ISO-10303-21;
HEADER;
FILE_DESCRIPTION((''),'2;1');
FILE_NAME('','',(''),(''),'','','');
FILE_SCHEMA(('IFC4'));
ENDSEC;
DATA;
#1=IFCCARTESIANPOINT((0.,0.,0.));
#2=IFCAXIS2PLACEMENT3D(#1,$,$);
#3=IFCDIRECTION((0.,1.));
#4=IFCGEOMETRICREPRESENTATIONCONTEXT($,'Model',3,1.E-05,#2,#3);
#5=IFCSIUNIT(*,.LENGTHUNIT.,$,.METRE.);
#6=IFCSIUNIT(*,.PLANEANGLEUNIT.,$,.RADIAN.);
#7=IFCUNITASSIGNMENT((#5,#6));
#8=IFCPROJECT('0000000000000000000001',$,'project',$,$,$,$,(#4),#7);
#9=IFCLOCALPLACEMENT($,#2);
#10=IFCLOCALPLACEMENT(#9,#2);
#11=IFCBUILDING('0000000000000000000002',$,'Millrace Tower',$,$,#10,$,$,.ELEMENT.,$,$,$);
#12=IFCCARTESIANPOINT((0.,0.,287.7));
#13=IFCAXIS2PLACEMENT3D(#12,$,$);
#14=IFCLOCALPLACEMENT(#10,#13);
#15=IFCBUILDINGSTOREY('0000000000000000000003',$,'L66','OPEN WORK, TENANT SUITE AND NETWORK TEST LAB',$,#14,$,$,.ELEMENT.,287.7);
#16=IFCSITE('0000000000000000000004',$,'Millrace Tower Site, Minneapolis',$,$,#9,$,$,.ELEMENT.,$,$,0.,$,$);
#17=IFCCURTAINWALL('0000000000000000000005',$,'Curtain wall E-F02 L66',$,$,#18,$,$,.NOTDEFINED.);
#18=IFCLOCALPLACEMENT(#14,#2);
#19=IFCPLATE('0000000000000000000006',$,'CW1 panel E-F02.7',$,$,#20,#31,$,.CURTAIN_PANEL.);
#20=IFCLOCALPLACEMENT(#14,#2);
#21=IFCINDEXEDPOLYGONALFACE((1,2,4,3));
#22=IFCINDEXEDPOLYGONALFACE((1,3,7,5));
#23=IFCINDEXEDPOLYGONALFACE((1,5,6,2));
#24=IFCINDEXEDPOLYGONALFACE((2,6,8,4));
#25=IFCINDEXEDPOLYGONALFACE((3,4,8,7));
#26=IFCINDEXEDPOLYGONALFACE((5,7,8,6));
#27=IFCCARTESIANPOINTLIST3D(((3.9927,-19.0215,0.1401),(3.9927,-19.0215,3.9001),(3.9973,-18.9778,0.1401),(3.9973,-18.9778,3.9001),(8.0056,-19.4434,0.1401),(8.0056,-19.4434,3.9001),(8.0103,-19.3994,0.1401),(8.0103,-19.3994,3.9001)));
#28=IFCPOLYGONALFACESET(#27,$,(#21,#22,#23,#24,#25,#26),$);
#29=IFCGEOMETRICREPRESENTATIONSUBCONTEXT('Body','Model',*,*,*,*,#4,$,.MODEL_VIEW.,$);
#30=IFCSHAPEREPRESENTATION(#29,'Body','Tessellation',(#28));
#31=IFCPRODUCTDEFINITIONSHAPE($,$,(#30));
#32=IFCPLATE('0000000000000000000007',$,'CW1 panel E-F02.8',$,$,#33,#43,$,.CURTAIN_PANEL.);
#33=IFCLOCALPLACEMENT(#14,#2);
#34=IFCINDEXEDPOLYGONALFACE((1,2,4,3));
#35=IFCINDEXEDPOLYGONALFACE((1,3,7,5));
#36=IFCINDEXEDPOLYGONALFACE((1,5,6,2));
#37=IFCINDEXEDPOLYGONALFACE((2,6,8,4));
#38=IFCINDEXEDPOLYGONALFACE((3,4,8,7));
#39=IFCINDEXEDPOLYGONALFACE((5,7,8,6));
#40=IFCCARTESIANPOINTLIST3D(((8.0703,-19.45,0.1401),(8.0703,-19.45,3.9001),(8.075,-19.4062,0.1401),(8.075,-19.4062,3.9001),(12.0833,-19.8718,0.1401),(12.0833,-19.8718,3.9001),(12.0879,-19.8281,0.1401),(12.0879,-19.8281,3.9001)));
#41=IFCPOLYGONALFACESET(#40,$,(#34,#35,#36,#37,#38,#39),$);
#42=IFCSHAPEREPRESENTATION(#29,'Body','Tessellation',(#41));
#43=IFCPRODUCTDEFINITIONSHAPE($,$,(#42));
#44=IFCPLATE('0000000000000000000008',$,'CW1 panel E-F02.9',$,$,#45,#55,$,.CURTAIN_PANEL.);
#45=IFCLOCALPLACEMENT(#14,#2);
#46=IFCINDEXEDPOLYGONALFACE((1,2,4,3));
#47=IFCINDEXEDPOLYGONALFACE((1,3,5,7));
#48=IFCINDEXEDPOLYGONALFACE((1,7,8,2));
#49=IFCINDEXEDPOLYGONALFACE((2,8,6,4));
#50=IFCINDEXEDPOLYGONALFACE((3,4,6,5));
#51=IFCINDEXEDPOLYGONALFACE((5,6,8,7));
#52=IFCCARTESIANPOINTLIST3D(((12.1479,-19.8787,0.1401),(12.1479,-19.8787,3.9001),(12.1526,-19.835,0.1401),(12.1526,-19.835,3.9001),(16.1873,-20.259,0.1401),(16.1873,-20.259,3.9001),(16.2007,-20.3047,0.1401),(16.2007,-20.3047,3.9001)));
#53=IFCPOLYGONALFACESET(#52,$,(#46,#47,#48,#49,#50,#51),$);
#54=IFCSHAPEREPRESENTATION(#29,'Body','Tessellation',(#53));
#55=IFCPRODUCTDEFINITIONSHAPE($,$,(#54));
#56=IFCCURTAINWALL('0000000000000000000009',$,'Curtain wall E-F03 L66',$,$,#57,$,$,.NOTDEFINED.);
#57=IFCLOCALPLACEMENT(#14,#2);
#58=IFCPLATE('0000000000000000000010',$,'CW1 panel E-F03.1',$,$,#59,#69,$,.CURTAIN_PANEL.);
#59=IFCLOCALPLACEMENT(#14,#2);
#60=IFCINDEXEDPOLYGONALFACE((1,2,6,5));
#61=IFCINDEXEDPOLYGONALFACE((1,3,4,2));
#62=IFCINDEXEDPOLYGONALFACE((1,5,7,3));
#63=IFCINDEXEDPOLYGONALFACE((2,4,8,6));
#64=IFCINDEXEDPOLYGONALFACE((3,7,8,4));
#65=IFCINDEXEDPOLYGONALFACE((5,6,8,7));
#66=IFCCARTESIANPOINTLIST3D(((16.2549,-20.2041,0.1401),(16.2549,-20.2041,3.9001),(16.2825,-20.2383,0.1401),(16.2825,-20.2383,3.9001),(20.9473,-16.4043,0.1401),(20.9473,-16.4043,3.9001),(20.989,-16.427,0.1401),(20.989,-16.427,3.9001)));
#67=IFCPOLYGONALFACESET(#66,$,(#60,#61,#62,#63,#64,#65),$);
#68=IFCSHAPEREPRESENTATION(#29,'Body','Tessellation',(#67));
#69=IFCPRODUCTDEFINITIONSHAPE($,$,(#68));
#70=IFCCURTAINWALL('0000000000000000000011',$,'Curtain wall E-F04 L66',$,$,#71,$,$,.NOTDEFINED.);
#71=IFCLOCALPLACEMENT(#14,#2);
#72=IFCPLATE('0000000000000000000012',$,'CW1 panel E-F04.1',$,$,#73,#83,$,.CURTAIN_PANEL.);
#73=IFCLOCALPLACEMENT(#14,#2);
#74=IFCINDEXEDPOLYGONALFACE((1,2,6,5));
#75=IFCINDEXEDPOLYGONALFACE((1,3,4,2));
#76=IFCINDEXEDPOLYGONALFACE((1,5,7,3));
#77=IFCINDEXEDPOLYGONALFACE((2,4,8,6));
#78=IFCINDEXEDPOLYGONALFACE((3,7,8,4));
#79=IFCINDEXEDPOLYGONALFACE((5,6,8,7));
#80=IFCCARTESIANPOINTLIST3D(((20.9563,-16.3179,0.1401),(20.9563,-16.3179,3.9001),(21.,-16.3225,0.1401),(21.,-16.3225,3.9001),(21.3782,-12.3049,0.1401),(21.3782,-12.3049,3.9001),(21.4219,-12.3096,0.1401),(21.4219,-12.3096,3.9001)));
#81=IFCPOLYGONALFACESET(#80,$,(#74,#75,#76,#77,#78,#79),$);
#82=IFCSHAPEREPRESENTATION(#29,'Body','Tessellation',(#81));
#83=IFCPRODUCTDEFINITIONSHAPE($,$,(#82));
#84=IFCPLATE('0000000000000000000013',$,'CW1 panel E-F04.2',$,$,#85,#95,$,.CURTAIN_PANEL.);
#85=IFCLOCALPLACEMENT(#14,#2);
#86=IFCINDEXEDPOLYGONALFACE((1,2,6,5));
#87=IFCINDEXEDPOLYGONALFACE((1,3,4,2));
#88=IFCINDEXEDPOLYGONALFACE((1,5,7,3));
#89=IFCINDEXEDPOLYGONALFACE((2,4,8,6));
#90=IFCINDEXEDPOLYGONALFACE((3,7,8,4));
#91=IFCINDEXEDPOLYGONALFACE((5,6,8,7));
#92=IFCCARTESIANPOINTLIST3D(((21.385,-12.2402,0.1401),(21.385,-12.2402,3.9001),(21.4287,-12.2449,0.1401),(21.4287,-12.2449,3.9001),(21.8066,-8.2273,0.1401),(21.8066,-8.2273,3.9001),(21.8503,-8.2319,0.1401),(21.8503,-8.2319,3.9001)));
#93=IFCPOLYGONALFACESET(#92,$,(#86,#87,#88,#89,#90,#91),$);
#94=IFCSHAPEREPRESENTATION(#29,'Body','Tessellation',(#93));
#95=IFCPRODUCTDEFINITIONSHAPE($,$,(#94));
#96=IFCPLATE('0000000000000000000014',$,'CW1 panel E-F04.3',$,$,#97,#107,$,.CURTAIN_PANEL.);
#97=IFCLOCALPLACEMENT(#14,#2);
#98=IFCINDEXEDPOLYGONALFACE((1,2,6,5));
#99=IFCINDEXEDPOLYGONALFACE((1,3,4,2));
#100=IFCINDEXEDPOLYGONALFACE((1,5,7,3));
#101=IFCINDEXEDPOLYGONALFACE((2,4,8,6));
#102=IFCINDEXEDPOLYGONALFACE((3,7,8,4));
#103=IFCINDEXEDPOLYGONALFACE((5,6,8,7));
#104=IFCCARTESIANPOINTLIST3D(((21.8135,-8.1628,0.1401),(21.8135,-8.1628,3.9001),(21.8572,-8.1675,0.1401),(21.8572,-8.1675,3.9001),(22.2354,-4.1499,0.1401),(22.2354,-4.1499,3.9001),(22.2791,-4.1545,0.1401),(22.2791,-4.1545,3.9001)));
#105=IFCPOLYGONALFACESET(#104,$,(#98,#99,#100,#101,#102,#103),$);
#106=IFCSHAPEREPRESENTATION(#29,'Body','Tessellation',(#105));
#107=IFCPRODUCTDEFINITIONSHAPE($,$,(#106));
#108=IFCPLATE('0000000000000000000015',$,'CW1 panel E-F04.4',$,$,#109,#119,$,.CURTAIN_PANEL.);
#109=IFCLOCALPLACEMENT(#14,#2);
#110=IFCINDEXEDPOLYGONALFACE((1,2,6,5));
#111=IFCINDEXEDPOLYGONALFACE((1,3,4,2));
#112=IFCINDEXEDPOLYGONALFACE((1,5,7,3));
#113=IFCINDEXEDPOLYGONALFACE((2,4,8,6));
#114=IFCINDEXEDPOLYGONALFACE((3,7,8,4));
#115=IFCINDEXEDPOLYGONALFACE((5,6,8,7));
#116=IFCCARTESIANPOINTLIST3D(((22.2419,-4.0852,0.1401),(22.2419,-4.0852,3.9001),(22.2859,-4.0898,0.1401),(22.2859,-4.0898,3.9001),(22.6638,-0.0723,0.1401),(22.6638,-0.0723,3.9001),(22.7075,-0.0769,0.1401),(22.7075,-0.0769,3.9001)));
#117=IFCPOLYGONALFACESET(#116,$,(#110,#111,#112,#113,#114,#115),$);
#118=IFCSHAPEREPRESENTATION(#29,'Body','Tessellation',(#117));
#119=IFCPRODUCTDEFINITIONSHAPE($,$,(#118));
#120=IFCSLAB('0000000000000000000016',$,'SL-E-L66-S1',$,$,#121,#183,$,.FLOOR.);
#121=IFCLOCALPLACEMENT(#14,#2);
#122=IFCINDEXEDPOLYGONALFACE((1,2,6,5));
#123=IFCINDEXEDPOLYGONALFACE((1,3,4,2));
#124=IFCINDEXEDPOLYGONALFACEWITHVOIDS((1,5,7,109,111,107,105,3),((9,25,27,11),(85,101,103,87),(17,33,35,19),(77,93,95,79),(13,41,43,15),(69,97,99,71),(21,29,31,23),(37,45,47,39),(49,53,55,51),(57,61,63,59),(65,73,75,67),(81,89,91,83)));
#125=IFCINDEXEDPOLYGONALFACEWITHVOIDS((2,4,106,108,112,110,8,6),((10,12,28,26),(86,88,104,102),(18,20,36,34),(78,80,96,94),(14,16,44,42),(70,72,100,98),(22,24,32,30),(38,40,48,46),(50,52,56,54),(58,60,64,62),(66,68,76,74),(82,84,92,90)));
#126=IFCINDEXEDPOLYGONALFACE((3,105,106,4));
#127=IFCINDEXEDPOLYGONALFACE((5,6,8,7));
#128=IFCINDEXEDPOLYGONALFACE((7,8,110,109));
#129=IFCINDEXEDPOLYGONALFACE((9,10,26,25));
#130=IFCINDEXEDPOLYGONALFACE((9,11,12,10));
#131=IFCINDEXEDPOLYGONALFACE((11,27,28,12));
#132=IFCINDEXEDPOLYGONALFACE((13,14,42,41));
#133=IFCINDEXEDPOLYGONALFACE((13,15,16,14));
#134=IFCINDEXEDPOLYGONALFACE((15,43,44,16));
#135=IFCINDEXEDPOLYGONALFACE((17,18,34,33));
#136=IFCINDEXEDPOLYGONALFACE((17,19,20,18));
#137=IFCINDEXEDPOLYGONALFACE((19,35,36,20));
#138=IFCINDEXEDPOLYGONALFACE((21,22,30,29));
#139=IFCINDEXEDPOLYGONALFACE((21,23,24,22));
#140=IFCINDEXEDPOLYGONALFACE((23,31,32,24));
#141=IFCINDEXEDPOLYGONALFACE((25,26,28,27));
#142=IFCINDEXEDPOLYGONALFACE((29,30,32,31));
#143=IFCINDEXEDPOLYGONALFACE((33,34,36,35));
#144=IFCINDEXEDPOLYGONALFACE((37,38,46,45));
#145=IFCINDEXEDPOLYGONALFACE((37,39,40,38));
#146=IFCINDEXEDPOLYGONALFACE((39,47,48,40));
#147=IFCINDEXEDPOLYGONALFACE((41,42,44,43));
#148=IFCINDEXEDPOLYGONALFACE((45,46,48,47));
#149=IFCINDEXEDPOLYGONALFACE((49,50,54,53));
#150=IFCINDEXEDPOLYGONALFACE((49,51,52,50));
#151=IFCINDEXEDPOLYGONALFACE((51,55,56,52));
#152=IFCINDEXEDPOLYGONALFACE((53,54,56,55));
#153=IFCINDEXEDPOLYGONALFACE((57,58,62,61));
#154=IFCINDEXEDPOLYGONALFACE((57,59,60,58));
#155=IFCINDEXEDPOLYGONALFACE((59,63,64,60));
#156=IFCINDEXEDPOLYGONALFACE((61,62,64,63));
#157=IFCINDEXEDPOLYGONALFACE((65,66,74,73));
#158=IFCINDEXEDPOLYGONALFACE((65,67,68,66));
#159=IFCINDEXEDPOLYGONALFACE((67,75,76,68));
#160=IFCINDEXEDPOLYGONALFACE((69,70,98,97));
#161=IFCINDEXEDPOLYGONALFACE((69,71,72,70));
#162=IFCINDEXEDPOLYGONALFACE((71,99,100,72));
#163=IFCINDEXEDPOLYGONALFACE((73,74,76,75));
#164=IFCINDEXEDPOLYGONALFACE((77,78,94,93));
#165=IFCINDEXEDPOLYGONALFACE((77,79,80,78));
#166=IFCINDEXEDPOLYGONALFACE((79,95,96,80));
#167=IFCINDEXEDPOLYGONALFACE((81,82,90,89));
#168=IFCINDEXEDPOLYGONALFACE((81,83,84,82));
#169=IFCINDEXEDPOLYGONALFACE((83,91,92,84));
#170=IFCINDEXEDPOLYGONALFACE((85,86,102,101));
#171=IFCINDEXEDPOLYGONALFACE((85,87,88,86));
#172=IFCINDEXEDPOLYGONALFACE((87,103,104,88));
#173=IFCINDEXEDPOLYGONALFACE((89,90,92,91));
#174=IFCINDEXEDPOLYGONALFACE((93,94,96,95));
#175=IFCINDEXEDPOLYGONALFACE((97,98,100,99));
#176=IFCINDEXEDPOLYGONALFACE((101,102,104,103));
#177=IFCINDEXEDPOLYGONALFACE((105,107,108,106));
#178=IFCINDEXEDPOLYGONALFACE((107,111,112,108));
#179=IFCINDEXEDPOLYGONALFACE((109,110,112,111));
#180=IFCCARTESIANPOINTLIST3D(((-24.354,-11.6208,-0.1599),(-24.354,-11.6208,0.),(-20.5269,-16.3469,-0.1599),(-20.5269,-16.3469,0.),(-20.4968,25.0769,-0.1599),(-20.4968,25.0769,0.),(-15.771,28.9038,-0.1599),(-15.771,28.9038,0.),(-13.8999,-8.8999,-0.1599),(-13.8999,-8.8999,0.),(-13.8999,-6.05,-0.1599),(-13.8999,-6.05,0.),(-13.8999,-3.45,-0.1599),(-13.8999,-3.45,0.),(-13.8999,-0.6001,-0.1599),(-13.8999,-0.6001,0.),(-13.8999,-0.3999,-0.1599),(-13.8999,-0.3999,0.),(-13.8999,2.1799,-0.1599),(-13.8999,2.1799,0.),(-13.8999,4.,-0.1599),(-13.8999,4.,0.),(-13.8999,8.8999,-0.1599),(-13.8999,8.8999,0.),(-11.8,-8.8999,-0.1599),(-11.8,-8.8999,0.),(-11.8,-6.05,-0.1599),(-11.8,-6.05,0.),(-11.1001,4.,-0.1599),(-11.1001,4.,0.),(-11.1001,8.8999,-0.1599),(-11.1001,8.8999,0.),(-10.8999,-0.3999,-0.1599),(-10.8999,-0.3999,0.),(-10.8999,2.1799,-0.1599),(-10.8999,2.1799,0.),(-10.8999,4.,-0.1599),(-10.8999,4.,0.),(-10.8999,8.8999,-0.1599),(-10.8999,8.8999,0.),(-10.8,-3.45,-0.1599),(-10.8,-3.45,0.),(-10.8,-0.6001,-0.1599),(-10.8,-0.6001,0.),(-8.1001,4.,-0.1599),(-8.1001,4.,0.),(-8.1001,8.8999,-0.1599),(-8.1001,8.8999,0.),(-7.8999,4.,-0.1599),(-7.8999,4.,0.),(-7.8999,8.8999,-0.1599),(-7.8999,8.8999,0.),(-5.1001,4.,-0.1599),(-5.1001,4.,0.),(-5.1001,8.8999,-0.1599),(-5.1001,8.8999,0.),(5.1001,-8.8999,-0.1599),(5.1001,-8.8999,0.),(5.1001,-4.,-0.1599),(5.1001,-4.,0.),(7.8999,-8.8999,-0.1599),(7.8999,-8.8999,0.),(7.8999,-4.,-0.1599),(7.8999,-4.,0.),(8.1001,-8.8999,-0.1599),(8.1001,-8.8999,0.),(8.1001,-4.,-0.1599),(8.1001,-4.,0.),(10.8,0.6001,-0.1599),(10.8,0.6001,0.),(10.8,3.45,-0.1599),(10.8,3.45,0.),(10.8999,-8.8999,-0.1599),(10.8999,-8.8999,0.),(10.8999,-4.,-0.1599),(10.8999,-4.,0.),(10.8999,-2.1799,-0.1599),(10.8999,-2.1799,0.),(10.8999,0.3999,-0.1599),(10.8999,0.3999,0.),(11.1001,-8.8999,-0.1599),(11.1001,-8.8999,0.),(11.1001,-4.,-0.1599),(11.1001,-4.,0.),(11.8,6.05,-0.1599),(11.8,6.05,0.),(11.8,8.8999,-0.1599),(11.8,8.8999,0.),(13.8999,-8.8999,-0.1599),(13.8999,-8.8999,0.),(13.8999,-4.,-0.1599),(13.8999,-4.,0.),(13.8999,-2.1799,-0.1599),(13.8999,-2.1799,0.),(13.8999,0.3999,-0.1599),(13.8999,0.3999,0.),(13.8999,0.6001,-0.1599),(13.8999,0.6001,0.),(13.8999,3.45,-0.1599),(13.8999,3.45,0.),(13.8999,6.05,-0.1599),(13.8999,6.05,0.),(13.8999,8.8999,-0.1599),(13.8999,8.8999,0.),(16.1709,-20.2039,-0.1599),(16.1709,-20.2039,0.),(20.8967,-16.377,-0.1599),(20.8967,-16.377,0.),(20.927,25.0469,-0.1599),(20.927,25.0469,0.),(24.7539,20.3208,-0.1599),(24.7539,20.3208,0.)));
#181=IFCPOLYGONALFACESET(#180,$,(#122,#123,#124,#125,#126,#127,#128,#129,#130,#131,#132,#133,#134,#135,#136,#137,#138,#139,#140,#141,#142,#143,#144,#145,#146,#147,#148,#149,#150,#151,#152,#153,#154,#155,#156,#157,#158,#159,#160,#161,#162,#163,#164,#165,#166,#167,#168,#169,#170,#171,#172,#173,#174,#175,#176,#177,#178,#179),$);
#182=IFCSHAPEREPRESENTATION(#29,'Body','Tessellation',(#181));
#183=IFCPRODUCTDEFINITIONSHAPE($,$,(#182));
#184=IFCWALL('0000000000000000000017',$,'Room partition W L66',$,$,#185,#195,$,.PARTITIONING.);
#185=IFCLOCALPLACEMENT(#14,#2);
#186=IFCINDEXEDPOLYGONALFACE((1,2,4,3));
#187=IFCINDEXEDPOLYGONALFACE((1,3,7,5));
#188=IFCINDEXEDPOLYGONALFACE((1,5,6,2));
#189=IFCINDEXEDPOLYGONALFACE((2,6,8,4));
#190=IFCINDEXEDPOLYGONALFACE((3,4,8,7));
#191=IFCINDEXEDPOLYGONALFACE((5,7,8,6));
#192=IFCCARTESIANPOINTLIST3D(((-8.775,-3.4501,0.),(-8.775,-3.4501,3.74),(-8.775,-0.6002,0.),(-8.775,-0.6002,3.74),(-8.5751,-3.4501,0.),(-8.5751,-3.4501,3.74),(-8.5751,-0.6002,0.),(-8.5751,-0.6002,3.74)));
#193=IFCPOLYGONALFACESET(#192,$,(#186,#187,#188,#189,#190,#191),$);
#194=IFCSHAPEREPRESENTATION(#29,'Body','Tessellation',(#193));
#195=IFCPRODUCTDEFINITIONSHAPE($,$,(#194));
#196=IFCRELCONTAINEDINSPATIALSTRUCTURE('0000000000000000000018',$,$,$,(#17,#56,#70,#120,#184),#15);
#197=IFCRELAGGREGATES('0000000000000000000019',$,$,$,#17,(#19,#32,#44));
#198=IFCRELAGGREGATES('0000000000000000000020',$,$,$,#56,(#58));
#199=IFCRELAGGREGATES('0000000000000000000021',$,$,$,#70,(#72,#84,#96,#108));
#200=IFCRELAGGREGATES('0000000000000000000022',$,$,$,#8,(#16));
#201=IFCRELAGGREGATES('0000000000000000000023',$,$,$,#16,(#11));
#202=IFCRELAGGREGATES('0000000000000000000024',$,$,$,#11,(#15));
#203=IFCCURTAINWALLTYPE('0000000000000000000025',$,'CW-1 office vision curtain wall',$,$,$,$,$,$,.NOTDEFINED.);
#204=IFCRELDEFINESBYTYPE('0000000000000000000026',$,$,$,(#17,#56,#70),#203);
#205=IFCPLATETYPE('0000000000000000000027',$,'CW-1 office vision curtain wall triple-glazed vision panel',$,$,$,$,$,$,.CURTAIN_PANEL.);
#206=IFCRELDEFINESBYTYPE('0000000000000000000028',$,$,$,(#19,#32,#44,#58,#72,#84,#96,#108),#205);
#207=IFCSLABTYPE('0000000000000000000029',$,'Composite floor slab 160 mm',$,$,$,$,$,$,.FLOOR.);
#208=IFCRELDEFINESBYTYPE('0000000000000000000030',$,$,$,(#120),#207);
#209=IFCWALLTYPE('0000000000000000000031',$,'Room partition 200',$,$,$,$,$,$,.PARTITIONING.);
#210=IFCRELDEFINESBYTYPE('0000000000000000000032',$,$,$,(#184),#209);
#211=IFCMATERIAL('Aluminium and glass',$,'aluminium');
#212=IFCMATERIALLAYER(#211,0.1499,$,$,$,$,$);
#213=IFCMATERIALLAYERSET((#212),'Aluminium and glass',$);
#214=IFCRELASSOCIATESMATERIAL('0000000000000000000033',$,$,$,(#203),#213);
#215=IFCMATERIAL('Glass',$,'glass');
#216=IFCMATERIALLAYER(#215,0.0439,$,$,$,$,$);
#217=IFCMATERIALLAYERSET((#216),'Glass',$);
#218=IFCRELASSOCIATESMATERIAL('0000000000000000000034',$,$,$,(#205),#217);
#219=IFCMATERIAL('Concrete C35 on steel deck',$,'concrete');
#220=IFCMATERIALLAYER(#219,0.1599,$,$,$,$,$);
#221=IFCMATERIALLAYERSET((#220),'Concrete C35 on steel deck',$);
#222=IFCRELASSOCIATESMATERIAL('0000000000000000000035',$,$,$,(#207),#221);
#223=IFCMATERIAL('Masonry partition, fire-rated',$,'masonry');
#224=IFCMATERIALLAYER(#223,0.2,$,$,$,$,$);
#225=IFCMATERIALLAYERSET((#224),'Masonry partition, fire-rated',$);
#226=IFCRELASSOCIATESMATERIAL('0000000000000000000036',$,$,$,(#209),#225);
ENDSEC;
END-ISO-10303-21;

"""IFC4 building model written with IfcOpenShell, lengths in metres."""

from ifc_helpers import new_model, si_unit, direction, frame, frame_2d, origin, place, context, subcontext, project, spatial, polyline, rectangle, outline, extrude, material, layer, layer_set, type_object, element, aggregate, save


model = new_model("IFC4")

# Units and contexts
model_context = context("Model", 3, precision=1e-05, world=origin(), true_north=direction((0.0, 1.0)))
body_context = subcontext(model_context, "Body", "Model", "MODEL_VIEW")
ifc_project = project(units=[si_unit("LENGTHUNIT", "METRE"), si_unit("PLANEANGLEUNIT", "RADIAN")], contexts=[model_context])

# Site, building, storey
site_placement = place(None, origin())
site = spatial("IfcSite", under=ifc_project, at=site_placement, Name="Millrace Tower Site, Minneapolis", CompositionType="ELEMENT", RefElevation=0.0)
building_placement = place(site_placement, origin())
building = spatial("IfcBuilding", under=site, at=building_placement, Name="Millrace Tower", CompositionType="ELEMENT")
storey_placement = place(building_placement, frame((0.0, 0.0, 287.7)))
storey = spatial("IfcBuildingStorey", under=building, at=storey_placement, Name="L66", Description="OPEN WORK, TENANT SUITE AND NETWORK TEST LAB", CompositionType="ELEMENT", Elevation=287.7)

# Shared definitions
ifc_material_1 = material(Name="Aluminium and glass", Category="aluminium")
ifc_layer_1 = layer(ifc_material_1, 0.1499)
ifc_layer_set_1 = layer_set([ifc_layer_1], Name="Aluminium and glass")
curtain_wall_type = type_object("IfcCurtainWallType", Name="CW-1 office vision curtain wall", PredefinedType="NOTDEFINED", material=ifc_layer_set_1)
placement_1 = place(storey_placement, origin())
ifc_material_2 = material(Name="Glass", Category="glass")
ifc_layer_2 = layer(ifc_material_2, 0.0439)
ifc_layer_set_2 = layer_set([ifc_layer_2], Name="Glass")
plate_type = type_object("IfcPlateType", Name="CW-1 office vision curtain wall triple-glazed vision panel", PredefinedType="CURTAIN_PANEL", material=ifc_layer_set_2)
placement_2 = place(storey_placement, frame((0.0, 0.0, 0.1401)))

# Curtain wall, plates
curtain_wall_1 = element("IfcCurtainWall", 1, at=placement_1, inside=storey, type_object=curtain_wall_type, Name="Curtain wall E-F02 L66", PredefinedType="NOTDEFINED")
plate_1 = element("IfcPlate", 2, at=placement_2, type_object=plate_type, Name="CW1 panel E-F02.7", PredefinedType="CURTAIN_PANEL", context=body_context, shape_type="SweptSolid", body=[
    extrude(outline(polyline([(3.9927, -19.0215), (8.0056, -19.4434), (8.0103, -19.3994), (3.9973, -18.9778), (3.9927, -19.0215)])), origin(), (0.0, 0.0, 1.0), 3.76),
])
plate_2 = element("IfcPlate", 3, at=placement_2, type_object=plate_type, Name="CW1 panel E-F02.8", PredefinedType="CURTAIN_PANEL", context=body_context, shape_type="SweptSolid", body=[
    extrude(outline(polyline([(8.0703, -19.45), (12.0833, -19.8718), (12.0879, -19.8281), (8.075, -19.4062), (8.0703, -19.45)])), origin(), (0.0, 0.0, 1.0), 3.76),
])
plate_3 = element("IfcPlate", 4, at=placement_2, type_object=plate_type, Name="CW1 panel E-F02.9", PredefinedType="CURTAIN_PANEL", context=body_context, shape_type="SweptSolid", body=[
    extrude(outline(polyline([(12.1479, -19.8787), (16.2007, -20.3047), (16.1873, -20.259), (12.1526, -19.835), (12.1479, -19.8787)])), origin(), (0.0, 0.0, 1.0), 3.76),
])
aggregate(curtain_wall_1, [plate_1, plate_2, plate_3])

# Curtain wall, plate
curtain_wall_2 = element("IfcCurtainWall", 5, at=placement_1, inside=storey, type_object=curtain_wall_type, Name="Curtain wall E-F03 L66", PredefinedType="NOTDEFINED")
plate_4 = element("IfcPlate", 6, at=placement_2, type_object=plate_type, Name="CW1 panel E-F03.1", PredefinedType="CURTAIN_PANEL", context=body_context, shape_type="SweptSolid", body=[
    extrude(outline(polyline([(16.2825, -20.2383), (20.989, -16.427), (20.9473, -16.4043), (16.2549, -20.2041), (16.2825, -20.2383)])), origin(), (0.0, 0.0, 1.0), 3.76),
])
aggregate(curtain_wall_2, [plate_4])

# Curtain wall, plates
curtain_wall_3 = element("IfcCurtainWall", 7, at=placement_1, inside=storey, type_object=curtain_wall_type, Name="Curtain wall E-F04 L66", PredefinedType="NOTDEFINED")
plate_5 = element("IfcPlate", 8, at=placement_2, type_object=plate_type, Name="CW1 panel E-F04.1", PredefinedType="CURTAIN_PANEL", context=body_context, shape_type="SweptSolid", body=[
    extrude(outline(polyline([(21.0, -16.3225), (21.4219, -12.3096), (21.3782, -12.3049), (20.9563, -16.3179), (21.0, -16.3225)])), origin(), (0.0, 0.0, 1.0), 3.76),
])
plate_6 = element("IfcPlate", 9, at=placement_2, type_object=plate_type, Name="CW1 panel E-F04.2", PredefinedType="CURTAIN_PANEL", context=body_context, shape_type="SweptSolid", body=[
    extrude(outline(polyline([(21.4287, -12.2449), (21.8503, -8.2319), (21.8066, -8.2273), (21.385, -12.2402), (21.4287, -12.2449)])), origin(), (0.0, 0.0, 1.0), 3.76),
])
plate_7 = element("IfcPlate", 10, at=placement_2, type_object=plate_type, Name="CW1 panel E-F04.3", PredefinedType="CURTAIN_PANEL", context=body_context, shape_type="SweptSolid", body=[
    extrude(outline(polyline([(21.8572, -8.1675), (22.2791, -4.1545), (22.2354, -4.1499), (21.8135, -8.1628), (21.8572, -8.1675)])), origin(), (0.0, 0.0, 1.0), 3.76),
])
plate_8 = element("IfcPlate", 11, at=placement_2, type_object=plate_type, Name="CW1 panel E-F04.4", PredefinedType="CURTAIN_PANEL", context=body_context, shape_type="SweptSolid", body=[
    extrude(outline(polyline([(22.2859, -4.0898), (22.7075, -0.0769), (22.6638, -0.0723), (22.2419, -4.0852), (22.2859, -4.0898)])), origin(), (0.0, 0.0, 1.0), 3.76),
])
aggregate(curtain_wall_3, [plate_5, plate_6, plate_7, plate_8])

# Slab
ifc_material_3 = material(Name="Concrete C35 on steel deck", Category="concrete")
ifc_layer_3 = layer(ifc_material_3, 0.1599)
ifc_layer_set_3 = layer_set([ifc_layer_3], Name="Concrete C35 on steel deck")
slab_type = type_object("IfcSlabType", Name="Composite floor slab 160 mm", PredefinedType="FLOOR", material=ifc_layer_set_3)
slab_placement = place(storey_placement, frame((0.0, 0.0, -0.1599)))
element("IfcSlab", 12, at=slab_placement, inside=storey, type_object=slab_type, Name="SL-E-L66-S1", PredefinedType="FLOOR", context=body_context, shape_type="SweptSolid", body=[
    extrude(outline(polyline([(-24.354, -11.6208), (-20.5269, -16.3469), (16.1709, -20.2039), (20.8967, -16.377), (24.7539, 20.3208), (20.927, 25.0469), (-15.771, 28.9038), (-20.4968, 25.0769), (-24.354, -11.6208)]), holes=[polyline([(-13.8999, -8.8999), (-11.8, -8.8999), (-11.8, -6.05), (-13.8999, -6.05), (-13.8999, -8.8999)]), polyline([(-13.8999, -3.45), (-10.8, -3.45), (-10.8, -0.6001), (-13.8999, -0.6001), (-13.8999, -3.45)]), polyline([(-13.8999, -0.3999), (-10.8999, -0.3999), (-10.8999, 2.1799), (-13.8999, 2.1799), (-13.8999, -0.3999)]), polyline([(-13.8999, 4.0), (-11.1001, 4.0), (-11.1001, 8.8999), (-13.8999, 8.8999), (-13.8999, 4.0)]), polyline([(-10.8999, 4.0), (-8.1001, 4.0), (-8.1001, 8.8999), (-10.8999, 8.8999), (-10.8999, 4.0)]), polyline([(-7.8999, 4.0), (-5.1001, 4.0), (-5.1001, 8.8999), (-7.8999, 8.8999), (-7.8999, 4.0)]), polyline([(11.8, 6.05), (13.8999, 6.05), (13.8999, 8.8999), (11.8, 8.8999), (11.8, 6.05)]), polyline([(10.8, 0.6001), (13.8999, 0.6001), (13.8999, 3.45), (10.8, 3.45), (10.8, 0.6001)]), polyline([(10.8999, -2.1799), (13.8999, -2.1799), (13.8999, 0.3999), (10.8999, 0.3999), (10.8999, -2.1799)]), polyline([(11.1001, -8.8999), (13.8999, -8.8999), (13.8999, -4.0), (11.1001, -4.0), (11.1001, -8.8999)]), polyline([(8.1001, -8.8999), (10.8999, -8.8999), (10.8999, -4.0), (8.1001, -4.0), (8.1001, -8.8999)]), polyline([(5.1001, -8.8999), (7.8999, -8.8999), (7.8999, -4.0), (5.1001, -4.0), (5.1001, -8.8999)])]), origin(), (0.0, 0.0, 1.0), 0.1599),
])

# Wall
ifc_material_4 = material(Name="Masonry partition, fire-rated", Category="masonry")
ifc_layer_4 = layer(ifc_material_4, 0.2)
ifc_layer_set_4 = layer_set([ifc_layer_4], Name="Masonry partition, fire-rated")
wall_type = type_object("IfcWallType", Name="Room partition 200", PredefinedType="PARTITIONING", material=ifc_layer_set_4)
wall_placement = place(storey_placement, frame((-8.675, -3.45, 0.0), z_axis=(0.0, 0.0, 1.0), x_axis=(0.0, 1.0, 0.0)))
element("IfcWall", 13, at=wall_placement, inside=storey, type_object=wall_type, Name="Room partition W L66", PredefinedType="PARTITIONING", context=body_context, shape_type="SweptSolid", body=[
    extrude(rectangle(XDim=2.8499, YDim=0.2, at=frame_2d((1.4248, 0.0))), origin(), (0.0, 0.0, 1.0), 3.74),
])

save(model, "model.ifc")
